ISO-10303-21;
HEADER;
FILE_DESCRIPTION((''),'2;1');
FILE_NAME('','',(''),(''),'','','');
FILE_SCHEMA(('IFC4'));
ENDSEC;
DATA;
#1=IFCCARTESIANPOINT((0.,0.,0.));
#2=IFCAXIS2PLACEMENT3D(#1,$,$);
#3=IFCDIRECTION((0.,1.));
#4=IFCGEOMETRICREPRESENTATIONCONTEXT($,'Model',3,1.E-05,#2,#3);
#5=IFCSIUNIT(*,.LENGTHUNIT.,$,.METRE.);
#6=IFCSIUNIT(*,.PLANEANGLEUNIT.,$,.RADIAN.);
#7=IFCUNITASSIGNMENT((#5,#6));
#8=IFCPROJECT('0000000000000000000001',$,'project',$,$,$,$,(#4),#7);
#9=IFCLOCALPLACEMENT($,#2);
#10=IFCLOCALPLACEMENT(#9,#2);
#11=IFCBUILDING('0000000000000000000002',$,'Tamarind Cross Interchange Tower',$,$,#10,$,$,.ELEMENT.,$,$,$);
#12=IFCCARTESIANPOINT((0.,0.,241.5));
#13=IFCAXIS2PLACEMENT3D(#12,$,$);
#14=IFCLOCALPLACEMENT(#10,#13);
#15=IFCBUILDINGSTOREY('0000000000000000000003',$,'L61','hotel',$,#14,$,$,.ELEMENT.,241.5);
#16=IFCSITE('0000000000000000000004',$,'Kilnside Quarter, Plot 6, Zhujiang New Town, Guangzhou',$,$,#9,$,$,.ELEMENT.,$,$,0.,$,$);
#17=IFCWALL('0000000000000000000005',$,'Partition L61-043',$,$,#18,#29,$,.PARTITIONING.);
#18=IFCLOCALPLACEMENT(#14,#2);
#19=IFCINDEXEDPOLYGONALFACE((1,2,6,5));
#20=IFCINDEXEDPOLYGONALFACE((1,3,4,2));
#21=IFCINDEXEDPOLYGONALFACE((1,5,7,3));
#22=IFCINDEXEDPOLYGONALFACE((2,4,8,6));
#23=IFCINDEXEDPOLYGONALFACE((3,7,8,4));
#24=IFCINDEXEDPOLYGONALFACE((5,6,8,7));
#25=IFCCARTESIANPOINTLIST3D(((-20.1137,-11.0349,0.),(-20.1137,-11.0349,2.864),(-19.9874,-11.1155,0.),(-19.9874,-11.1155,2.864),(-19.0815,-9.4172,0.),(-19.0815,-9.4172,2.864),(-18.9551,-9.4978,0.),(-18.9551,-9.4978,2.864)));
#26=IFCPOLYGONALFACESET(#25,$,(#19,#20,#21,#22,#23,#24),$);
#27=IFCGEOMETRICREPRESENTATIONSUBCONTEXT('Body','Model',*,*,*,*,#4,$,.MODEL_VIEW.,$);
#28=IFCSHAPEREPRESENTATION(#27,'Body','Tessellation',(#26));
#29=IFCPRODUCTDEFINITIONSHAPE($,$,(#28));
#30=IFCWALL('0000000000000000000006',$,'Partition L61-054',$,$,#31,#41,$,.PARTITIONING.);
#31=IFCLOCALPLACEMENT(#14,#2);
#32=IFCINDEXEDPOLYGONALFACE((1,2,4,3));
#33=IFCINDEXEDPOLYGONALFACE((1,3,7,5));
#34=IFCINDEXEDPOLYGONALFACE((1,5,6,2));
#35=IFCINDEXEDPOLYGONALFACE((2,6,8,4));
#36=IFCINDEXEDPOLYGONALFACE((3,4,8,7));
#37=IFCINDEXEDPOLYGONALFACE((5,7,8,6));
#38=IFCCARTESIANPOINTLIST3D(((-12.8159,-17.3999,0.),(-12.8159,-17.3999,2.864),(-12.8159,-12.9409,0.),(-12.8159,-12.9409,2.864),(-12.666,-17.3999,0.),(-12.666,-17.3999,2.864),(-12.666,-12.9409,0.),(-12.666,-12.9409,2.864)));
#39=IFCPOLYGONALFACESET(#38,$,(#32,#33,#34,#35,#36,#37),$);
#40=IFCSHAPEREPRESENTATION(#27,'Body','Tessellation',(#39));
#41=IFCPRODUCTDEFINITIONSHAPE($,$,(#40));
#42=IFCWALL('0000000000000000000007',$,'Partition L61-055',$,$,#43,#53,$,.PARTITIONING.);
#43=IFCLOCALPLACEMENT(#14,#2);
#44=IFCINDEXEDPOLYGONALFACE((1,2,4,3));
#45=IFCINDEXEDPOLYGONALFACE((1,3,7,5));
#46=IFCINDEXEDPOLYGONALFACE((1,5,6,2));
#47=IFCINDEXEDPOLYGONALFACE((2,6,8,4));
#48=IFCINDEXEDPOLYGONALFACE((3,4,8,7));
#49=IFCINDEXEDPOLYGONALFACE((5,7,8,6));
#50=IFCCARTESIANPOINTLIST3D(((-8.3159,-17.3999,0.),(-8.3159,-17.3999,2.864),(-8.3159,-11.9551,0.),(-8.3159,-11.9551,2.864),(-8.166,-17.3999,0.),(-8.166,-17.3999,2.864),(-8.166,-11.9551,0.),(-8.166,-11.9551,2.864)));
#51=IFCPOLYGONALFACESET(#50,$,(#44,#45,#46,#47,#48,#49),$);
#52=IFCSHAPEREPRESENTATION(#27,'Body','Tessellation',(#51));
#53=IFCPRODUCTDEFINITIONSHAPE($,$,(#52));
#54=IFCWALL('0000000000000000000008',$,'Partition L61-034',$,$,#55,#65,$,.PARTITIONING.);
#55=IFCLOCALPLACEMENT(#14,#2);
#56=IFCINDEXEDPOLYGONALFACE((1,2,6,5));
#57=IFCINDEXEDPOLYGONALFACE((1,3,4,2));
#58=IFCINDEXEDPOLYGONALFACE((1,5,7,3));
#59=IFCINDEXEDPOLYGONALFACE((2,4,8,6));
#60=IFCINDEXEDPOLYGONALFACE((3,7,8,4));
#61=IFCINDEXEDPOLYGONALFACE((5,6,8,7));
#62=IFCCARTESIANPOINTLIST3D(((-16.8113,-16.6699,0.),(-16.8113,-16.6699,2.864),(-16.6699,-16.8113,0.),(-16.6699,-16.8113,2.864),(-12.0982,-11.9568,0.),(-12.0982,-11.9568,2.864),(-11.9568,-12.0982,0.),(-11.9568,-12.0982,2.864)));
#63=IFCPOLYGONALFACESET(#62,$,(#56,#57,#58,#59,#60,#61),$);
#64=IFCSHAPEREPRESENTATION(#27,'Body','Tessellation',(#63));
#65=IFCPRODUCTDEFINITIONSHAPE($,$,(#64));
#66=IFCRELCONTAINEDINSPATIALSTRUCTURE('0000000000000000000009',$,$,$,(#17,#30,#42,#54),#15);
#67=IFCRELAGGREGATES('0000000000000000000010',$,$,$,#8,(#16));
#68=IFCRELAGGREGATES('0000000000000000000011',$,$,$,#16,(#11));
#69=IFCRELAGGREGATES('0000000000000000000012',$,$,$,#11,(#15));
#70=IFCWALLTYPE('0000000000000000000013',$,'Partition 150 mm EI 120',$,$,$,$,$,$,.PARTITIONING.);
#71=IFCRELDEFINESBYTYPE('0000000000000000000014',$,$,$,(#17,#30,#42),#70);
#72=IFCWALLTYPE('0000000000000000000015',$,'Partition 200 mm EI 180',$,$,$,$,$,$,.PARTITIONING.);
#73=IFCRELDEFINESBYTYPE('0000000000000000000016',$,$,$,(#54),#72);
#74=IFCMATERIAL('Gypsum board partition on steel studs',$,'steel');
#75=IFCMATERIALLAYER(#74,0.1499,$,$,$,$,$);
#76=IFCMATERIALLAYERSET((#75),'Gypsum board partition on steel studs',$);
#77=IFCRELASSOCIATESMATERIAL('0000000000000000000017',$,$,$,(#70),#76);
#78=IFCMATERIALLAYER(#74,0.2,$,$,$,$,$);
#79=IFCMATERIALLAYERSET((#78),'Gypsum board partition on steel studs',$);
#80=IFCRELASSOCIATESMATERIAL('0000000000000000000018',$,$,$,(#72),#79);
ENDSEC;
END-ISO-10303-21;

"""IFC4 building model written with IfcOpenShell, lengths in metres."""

from ifc_helpers import new_model, si_unit, direction, frame, frame_2d, origin, place, context, subcontext, project, spatial, rectangle, extrude, material, layer, layer_set, type_object, element, save


model = new_model("IFC4")

# Units and contexts
model_context = context("Model", 3, precision=1e-05, world=origin(), true_north=direction((0.0, 1.0)))
body_context = subcontext(model_context, "Body", "Model", "MODEL_VIEW")
ifc_project = project(units=[si_unit("LENGTHUNIT", "METRE"), si_unit("PLANEANGLEUNIT", "RADIAN")], contexts=[model_context])

# Site, building, storey
site_placement = place(None, origin())
site = spatial("IfcSite", under=ifc_project, at=site_placement, Name="Kilnside Quarter, Plot 6, Zhujiang New Town, Guangzhou", CompositionType="ELEMENT", RefElevation=0.0)
building_placement = place(site_placement, origin())
building = spatial("IfcBuilding", under=site, at=building_placement, Name="Tamarind Cross Interchange Tower", CompositionType="ELEMENT")
storey_placement = place(building_placement, frame((0.0, 0.0, 241.5)))
storey = spatial("IfcBuildingStorey", under=building, at=storey_placement, Name="L61", Description="hotel", CompositionType="ELEMENT", Elevation=241.5)

# Shared definitions
ifc_material_1 = material(Name="Gypsum board partition on steel studs", Category="steel")

# Shared definitions
ifc_layer_1 = layer(ifc_material_1, 0.1499)
ifc_layer_set_1 = layer_set([ifc_layer_1], Name="Gypsum board partition on steel studs")
wall_type_1 = type_object("IfcWallType", Name="Partition 150 mm EI 120", PredefinedType="PARTITIONING", material=ifc_layer_set_1)

# Walls
wall_1_placement = place(storey_placement, frame((-20.0505, -11.0752, 0.0), z_axis=(0.0, 0.0, 1.0), x_axis=(0.537912, 0.843001, 0.0)))
element("IfcWall", 1, at=wall_1_placement, inside=storey, type_object=wall_type_1, Name="Partition L61-043", PredefinedType="PARTITIONING", context=body_context, shape_type="SweptSolid", body=[
    extrude(rectangle(XDim=1.9189, YDim=0.1499, at=frame_2d((0.9595, 0.0))), origin(), (0.0, 0.0, 1.0), 2.864),
])
wall_2_placement = place(storey_placement, frame((-12.741, -17.3999, 0.0), z_axis=(0.0, 0.0, 1.0), x_axis=(0.0, 1.0, 0.0)))
element("IfcWall", 2, at=wall_2_placement, inside=storey, type_object=wall_type_1, Name="Partition L61-054", PredefinedType="PARTITIONING", context=body_context, shape_type="SweptSolid", body=[
    extrude(rectangle(XDim=4.459, YDim=0.1499, at=frame_2d((2.2295, 0.0))), origin(), (0.0, 0.0, 1.0), 2.864),
])
wall_3_placement = place(storey_placement, frame((-8.241, -17.3999, 0.0), z_axis=(0.0, 0.0, 1.0), x_axis=(0.0, 1.0, 0.0)))
element("IfcWall", 3, at=wall_3_placement, inside=storey, type_object=wall_type_1, Name="Partition L61-055", PredefinedType="PARTITIONING", context=body_context, shape_type="SweptSolid", body=[
    extrude(rectangle(XDim=5.4448, YDim=0.1499, at=frame_2d((2.7224, 0.0))), origin(), (0.0, 0.0, 1.0), 2.864),
])
ifc_layer_2 = layer(ifc_material_1, 0.2)
ifc_layer_set_2 = layer_set([ifc_layer_2], Name="Gypsum board partition on steel studs")
wall_type_2 = type_object("IfcWallType", Name="Partition 200 mm EI 180", PredefinedType="PARTITIONING", material=ifc_layer_set_2)
wall_4_placement = place(storey_placement, frame((-16.7405, -16.7405, 0.0), z_axis=(0.0, 0.0, 1.0), x_axis=(0.707107, 0.707107, 0.0)))
element("IfcWall", 4, at=wall_4_placement, inside=storey, type_object=wall_type_2, Name="Partition L61-034", PredefinedType="PARTITIONING", context=body_context, shape_type="SweptSolid", body=[
    extrude(rectangle(XDim=6.6653, YDim=0.2, at=frame_2d((3.3325, 0.0))), origin(), (0.0, 0.0, 1.0), 2.864),
])

save(model, "model.ifc")
